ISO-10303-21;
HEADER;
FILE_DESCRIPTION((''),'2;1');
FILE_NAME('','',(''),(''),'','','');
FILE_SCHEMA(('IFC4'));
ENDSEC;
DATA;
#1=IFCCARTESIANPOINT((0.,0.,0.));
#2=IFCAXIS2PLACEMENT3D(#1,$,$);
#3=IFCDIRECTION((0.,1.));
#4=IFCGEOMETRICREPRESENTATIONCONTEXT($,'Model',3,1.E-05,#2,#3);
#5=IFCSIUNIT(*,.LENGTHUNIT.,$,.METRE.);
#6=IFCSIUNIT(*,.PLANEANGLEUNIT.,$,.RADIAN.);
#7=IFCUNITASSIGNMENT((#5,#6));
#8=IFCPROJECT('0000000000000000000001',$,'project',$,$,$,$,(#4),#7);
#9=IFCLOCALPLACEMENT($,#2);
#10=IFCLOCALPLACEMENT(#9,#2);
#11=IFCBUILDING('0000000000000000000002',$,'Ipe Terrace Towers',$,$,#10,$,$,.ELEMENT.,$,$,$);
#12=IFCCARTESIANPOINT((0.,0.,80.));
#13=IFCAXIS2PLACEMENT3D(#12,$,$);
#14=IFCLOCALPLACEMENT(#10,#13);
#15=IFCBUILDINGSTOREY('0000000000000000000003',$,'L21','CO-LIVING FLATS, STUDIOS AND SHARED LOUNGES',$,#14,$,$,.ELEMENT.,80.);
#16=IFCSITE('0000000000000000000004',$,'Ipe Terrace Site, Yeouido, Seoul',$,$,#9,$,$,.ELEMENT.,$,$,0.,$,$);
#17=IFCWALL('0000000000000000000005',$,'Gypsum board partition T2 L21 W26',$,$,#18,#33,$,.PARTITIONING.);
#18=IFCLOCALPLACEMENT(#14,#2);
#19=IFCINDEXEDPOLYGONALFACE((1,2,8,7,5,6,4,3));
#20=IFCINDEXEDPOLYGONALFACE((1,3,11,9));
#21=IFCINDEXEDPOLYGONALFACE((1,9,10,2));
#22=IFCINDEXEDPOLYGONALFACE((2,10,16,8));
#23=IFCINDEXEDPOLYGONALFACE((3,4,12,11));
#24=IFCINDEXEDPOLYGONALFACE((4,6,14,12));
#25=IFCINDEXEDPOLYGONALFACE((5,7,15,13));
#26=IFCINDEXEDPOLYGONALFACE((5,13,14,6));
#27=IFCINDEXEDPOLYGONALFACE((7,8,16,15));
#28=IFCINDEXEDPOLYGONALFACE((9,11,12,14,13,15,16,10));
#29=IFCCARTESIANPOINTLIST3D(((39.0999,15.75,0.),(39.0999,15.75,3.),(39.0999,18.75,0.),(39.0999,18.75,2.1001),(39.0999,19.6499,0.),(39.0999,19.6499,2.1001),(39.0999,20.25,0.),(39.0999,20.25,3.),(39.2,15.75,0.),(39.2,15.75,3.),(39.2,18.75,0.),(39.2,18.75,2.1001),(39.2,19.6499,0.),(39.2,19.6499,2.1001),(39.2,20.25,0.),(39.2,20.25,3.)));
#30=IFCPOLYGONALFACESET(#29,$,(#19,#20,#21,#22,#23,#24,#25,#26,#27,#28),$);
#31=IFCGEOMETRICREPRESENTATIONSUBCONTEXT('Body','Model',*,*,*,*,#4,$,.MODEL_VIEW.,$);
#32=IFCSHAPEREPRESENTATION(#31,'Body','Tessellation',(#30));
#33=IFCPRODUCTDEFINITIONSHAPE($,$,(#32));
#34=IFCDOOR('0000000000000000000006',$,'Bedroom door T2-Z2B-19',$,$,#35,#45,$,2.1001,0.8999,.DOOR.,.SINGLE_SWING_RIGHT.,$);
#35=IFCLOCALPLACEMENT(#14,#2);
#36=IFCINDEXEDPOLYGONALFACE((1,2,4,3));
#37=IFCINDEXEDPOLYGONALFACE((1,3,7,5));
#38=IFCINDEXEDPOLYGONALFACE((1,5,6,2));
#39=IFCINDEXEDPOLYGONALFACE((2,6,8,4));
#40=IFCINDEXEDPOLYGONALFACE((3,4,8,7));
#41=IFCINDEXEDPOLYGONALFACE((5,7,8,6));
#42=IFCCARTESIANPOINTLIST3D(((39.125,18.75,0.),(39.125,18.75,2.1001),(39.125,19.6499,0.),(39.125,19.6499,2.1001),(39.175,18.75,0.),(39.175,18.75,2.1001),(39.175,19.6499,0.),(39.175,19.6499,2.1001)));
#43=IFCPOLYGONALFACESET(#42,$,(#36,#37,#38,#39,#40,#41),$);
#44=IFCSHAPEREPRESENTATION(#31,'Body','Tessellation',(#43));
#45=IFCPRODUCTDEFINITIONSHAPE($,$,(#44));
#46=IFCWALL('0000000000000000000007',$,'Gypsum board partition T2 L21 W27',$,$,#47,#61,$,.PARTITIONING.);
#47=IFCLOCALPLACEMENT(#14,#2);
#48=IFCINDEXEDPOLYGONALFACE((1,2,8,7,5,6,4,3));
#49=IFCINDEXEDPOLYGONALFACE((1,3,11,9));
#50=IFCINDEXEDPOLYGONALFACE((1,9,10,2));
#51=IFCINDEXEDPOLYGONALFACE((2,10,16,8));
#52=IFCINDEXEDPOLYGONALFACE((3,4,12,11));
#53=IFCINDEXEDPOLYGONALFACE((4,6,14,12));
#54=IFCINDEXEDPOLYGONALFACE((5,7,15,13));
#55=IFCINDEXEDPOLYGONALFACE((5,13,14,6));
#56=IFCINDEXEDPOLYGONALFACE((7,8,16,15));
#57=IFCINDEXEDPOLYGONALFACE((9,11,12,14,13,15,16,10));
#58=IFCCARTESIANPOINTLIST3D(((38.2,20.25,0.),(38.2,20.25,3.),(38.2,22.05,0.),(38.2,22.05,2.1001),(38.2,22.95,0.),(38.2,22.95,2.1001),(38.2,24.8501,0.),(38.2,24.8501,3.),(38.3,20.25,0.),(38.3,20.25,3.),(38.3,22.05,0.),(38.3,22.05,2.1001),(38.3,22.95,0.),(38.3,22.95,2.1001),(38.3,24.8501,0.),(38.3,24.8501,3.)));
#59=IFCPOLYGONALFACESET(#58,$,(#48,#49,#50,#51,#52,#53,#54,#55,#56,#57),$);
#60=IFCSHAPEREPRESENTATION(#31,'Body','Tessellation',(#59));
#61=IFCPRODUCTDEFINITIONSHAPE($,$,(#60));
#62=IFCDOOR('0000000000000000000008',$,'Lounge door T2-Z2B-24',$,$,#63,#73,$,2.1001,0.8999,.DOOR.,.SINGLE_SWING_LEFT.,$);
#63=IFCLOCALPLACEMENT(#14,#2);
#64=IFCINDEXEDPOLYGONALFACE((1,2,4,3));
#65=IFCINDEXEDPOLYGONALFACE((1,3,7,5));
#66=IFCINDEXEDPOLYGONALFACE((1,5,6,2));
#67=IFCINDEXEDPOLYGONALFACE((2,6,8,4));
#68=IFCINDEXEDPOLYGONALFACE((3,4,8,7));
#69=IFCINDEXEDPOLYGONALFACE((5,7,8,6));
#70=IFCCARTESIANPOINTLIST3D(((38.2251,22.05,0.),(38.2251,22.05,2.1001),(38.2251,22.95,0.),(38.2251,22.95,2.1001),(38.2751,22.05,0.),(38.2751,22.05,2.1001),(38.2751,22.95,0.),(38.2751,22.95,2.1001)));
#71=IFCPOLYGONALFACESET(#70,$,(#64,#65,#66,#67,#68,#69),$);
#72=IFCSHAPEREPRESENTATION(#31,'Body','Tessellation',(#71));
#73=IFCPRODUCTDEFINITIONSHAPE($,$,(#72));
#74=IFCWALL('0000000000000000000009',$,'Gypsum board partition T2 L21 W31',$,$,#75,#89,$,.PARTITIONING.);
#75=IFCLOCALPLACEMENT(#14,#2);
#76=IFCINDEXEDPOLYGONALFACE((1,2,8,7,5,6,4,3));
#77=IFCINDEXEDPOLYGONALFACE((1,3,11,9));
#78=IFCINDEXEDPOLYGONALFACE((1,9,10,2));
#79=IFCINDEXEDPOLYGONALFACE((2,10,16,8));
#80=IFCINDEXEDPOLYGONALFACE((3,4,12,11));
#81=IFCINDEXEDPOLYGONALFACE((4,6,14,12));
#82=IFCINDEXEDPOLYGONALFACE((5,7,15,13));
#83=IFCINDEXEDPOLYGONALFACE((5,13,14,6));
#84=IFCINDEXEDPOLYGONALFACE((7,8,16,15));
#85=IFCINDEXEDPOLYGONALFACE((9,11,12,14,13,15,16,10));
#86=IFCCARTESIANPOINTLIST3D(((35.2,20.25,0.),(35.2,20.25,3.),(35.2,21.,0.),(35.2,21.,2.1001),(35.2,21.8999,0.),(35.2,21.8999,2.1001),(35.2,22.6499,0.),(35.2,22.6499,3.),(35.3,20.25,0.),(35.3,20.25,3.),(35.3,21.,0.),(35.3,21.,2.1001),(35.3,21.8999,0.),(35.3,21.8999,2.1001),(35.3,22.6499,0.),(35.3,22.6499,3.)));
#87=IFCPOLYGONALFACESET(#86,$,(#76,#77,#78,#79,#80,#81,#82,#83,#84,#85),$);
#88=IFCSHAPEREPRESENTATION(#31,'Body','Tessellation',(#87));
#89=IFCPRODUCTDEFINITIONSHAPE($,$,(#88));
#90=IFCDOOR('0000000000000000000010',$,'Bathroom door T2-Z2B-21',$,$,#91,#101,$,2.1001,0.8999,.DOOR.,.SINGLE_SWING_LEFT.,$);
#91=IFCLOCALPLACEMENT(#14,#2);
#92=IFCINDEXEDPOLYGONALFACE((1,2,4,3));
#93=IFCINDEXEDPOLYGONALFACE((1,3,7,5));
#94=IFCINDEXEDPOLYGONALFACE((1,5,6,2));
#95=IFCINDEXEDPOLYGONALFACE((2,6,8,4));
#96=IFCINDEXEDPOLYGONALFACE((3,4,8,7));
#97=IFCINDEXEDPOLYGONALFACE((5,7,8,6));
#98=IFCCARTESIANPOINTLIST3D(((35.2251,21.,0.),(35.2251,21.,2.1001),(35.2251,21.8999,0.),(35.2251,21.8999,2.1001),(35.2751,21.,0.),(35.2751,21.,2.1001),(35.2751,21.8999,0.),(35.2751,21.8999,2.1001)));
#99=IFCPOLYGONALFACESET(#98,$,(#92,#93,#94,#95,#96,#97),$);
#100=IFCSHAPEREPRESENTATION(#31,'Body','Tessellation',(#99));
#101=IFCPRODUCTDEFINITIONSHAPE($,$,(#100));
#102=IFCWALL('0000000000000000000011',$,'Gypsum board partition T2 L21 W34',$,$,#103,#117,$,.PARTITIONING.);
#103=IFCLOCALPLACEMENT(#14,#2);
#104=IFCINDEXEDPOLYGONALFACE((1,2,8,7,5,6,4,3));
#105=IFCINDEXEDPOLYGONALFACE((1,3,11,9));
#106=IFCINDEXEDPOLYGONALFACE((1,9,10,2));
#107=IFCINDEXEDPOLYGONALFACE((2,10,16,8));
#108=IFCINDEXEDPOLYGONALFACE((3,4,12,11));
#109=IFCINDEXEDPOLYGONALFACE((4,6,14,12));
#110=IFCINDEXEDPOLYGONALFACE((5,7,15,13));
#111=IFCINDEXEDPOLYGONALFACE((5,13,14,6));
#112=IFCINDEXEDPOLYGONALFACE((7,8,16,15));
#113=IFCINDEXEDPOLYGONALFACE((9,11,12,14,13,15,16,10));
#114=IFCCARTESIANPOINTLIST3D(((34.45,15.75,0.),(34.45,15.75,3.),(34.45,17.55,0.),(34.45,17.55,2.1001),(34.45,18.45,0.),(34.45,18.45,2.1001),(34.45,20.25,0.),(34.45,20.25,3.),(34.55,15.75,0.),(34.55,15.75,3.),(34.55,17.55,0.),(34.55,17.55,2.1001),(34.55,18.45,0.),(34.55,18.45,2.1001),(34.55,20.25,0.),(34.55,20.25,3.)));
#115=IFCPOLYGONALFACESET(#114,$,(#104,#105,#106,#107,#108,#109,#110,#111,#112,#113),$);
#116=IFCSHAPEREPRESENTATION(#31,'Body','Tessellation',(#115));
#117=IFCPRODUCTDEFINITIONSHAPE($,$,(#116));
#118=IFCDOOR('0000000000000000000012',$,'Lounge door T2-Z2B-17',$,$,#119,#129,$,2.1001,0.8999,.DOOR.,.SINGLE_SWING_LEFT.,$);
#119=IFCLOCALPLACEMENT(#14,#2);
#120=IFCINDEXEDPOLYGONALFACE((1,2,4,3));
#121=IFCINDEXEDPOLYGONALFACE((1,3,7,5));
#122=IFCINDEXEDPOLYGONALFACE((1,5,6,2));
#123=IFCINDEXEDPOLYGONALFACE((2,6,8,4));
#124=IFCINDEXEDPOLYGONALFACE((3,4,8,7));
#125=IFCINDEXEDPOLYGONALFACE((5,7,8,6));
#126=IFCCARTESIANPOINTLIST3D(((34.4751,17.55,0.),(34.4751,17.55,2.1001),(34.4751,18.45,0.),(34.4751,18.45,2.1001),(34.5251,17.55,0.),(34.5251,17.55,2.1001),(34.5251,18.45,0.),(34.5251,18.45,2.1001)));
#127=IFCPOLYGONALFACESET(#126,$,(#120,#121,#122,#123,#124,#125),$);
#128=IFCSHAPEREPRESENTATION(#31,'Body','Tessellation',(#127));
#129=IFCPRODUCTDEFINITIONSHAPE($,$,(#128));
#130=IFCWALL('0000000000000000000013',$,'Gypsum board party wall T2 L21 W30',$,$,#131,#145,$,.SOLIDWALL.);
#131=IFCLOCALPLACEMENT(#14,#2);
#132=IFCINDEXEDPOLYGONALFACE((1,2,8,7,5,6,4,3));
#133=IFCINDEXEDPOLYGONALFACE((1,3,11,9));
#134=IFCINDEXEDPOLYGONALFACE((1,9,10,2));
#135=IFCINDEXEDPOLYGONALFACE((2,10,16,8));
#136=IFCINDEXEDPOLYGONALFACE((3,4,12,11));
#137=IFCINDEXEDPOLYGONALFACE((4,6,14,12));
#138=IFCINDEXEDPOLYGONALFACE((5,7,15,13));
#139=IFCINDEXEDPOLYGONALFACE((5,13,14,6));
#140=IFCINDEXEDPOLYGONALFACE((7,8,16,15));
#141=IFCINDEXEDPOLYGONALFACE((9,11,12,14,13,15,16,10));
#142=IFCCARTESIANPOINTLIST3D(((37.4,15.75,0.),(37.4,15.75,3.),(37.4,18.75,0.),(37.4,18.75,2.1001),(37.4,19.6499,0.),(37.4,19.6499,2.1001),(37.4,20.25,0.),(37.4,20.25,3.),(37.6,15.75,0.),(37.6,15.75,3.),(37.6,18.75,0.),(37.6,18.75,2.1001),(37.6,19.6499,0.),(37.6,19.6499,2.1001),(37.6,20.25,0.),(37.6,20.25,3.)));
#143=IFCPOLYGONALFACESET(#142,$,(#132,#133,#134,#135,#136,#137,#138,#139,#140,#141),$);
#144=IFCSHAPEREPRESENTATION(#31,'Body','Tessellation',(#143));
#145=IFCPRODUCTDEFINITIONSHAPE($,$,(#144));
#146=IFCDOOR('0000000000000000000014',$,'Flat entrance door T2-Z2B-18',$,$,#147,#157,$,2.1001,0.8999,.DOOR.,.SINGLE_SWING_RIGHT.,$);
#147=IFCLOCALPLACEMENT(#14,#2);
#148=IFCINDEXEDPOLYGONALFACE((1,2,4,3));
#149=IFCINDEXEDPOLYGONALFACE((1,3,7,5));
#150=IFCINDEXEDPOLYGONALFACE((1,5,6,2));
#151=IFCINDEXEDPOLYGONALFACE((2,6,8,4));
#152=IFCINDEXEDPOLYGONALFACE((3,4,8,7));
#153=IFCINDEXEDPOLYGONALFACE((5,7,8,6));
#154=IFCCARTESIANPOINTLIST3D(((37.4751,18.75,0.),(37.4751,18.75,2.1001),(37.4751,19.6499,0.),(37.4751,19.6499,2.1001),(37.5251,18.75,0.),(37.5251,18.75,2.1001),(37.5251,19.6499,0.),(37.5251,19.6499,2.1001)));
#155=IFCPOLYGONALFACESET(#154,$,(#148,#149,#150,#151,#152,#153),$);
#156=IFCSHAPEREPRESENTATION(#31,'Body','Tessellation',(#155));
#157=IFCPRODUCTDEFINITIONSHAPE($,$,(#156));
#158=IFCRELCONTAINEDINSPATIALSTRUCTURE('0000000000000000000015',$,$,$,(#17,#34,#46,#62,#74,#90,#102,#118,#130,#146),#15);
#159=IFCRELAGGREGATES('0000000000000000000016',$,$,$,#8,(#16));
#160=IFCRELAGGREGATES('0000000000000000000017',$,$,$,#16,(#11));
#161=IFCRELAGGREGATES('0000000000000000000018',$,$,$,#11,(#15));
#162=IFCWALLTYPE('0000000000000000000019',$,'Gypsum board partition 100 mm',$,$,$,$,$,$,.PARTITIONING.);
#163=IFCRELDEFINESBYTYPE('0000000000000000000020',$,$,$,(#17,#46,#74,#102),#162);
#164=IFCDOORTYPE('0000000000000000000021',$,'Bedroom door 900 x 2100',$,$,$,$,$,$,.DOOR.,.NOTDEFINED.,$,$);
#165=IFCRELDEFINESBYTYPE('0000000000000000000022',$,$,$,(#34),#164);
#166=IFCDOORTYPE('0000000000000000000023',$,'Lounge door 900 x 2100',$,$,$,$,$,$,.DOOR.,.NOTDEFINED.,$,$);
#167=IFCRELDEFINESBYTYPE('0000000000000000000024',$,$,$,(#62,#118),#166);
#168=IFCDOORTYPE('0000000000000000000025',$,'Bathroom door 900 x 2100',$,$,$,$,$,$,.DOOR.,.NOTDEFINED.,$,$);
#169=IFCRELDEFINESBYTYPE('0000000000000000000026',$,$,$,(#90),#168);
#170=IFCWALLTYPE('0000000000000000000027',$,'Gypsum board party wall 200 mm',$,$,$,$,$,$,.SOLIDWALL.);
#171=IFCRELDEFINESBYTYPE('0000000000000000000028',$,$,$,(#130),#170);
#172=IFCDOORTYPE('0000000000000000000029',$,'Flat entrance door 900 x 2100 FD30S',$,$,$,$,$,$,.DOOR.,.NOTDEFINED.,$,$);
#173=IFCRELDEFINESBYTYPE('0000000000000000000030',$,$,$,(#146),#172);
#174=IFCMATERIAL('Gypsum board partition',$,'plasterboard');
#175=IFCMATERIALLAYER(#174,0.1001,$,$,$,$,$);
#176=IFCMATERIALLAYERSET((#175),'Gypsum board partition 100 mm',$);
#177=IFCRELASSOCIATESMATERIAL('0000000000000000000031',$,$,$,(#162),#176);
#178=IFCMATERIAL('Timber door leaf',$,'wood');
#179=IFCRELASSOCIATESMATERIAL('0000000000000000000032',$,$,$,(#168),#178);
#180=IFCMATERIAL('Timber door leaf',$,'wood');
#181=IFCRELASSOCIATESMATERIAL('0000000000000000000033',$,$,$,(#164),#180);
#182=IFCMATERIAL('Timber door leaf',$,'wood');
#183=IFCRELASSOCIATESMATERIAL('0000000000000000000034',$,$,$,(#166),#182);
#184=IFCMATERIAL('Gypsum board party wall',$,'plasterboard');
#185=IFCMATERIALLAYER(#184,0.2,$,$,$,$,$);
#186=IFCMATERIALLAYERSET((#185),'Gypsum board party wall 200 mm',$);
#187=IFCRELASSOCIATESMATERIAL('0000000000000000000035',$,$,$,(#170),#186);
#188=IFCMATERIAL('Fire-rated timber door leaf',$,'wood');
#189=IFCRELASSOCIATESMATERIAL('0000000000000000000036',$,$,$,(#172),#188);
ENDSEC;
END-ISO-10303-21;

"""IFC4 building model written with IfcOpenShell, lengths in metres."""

from ifc_helpers import new_model, si_unit, direction, frame, frame_2d, origin, place, context, subcontext, project, spatial, rectangle, extrude, material, layer, layer_set, type_object, element, fill, save


model = new_model("IFC4")

# Units and contexts
model_context = context("Model", 3, precision=1e-05, world=origin(), true_north=direction((0.0, 1.0)))
body_context = subcontext(model_context, "Body", "Model", "MODEL_VIEW")
ifc_project = project(units=[si_unit("LENGTHUNIT", "METRE"), si_unit("PLANEANGLEUNIT", "RADIAN")], contexts=[model_context])

# Site, building, storey
site_placement = place(None, origin())
site = spatial("IfcSite", under=ifc_project, at=site_placement, Name="Ipe Terrace Site, Yeouido, Seoul", CompositionType="ELEMENT", RefElevation=0.0)
building_placement = place(site_placement, origin())
building = spatial("IfcBuilding", under=site, at=building_placement, Name="Ipe Terrace Towers", CompositionType="ELEMENT")
storey_placement = place(building_placement, frame((0.0, 0.0, 80.0)))
storey = spatial("IfcBuildingStorey", under=building, at=storey_placement, Name="L21", Description="CO-LIVING FLATS, STUDIOS AND SHARED LOUNGES", CompositionType="ELEMENT", Elevation=80.0)

# Walls, openings, doors
ifc_material_1 = material(Name="Gypsum board partition", Category="plasterboard")
ifc_layer_1 = layer(ifc_material_1, 0.1001)
ifc_layer_set_1 = layer_set([ifc_layer_1], Name="Gypsum board partition 100 mm")
wall_type_1 = type_object("IfcWallType", Name="Gypsum board partition 100 mm", PredefinedType="PARTITIONING", material=ifc_layer_set_1)
ifc_material_2 = material(Name="Timber door leaf", Category="wood")
door_type_1 = type_object("IfcDoorType", Name="Bathroom door 900 x 2100", OperationType="NOTDEFINED", PredefinedType="DOOR", material=ifc_material_2)
wall_1_placement = place(storey_placement, frame((39.1499, 15.75, 0.0), z_axis=(0.0, 0.0, 1.0), x_axis=(0.0, 1.0, 0.0)))
wall_1 = element("IfcWall", 1, at=wall_1_placement, inside=storey, type_object=wall_type_1, Name="Gypsum board partition T2 L21 W26", PredefinedType="PARTITIONING", context=body_context, shape_type="SweptSolid", body=[
    extrude(rectangle(XDim=4.5, YDim=0.1001, at=frame_2d((2.25, 0.0))), origin(), (0.0, 0.0, 1.0), 3.0),
])
opening_1_placement = place(wall_1_placement, frame((3.0, 0.0, 0.0)))
opening_1 = element("IfcOpeningElement", 2, at=opening_1_placement, cuts=wall_1, PredefinedType="OPENING", context=body_context, shape_type="SweptSolid", body=[
    extrude(rectangle(XDim=0.8999, YDim=2.1001, at=frame_2d((0.45, 1.05))), frame((0.0, 0.0601, 0.0), z_axis=(0.0, -1.0, 0.0), x_axis=(1.0, 0.0, 0.0)), (0.0, 0.0, 1.0), 0.1201),
])
ifc_material_3 = material(Name="Timber door leaf", Category="wood")
door_type_2 = type_object("IfcDoorType", Name="Bedroom door 900 x 2100", OperationType="NOTDEFINED", PredefinedType="DOOR", material=ifc_material_3)
door_1_placement = place(opening_1_placement, origin())
door_1 = element("IfcDoor", 3, at=door_1_placement, inside=storey, type_object=door_type_2, Name="Bedroom door T2-Z2B-19", OperationType="SINGLE_SWING_RIGHT", OverallHeight=2.1001, OverallWidth=0.8999, PredefinedType="DOOR", context=body_context, shape_type="SweptSolid", body=[
    extrude(rectangle(XDim=0.8999, YDim=2.1001, at=frame_2d((0.45, 1.05))), frame((0.0, 0.0249, 0.0), z_axis=(0.0, -1.0, 0.0), x_axis=(1.0, 0.0, 0.0)), (0.0, 0.0, 1.0), 0.05),
])
fill(opening_1, door_1)
wall_2_placement = place(storey_placement, frame((38.25, 20.25, 0.0), z_axis=(0.0, 0.0, 1.0), x_axis=(0.0, 1.0, 0.0)))
wall_2 = element("IfcWall", 4, at=wall_2_placement, inside=storey, type_object=wall_type_1, Name="Gypsum board partition T2 L21 W27", PredefinedType="PARTITIONING", context=body_context, shape_type="SweptSolid", body=[
    extrude(rectangle(XDim=4.6001, YDim=0.1001, at=frame_2d((2.3, 0.0))), origin(), (0.0, 0.0, 1.0), 3.0),
])
opening_2_placement = place(wall_2_placement, frame((1.8, 0.0, 0.0)))
opening_2 = element("IfcOpeningElement", 5, at=opening_2_placement, cuts=wall_2, PredefinedType="OPENING", context=body_context, shape_type="SweptSolid", body=[
    extrude(rectangle(XDim=0.8999, YDim=2.1001, at=frame_2d((0.45, 1.05))), frame((0.0, 0.0601, 0.0), z_axis=(0.0, -1.0, 0.0), x_axis=(1.0, 0.0, 0.0)), (0.0, 0.0, 1.0), 0.1201),
])
ifc_material_4 = material(Name="Timber door leaf", Category="wood")
door_type_3 = type_object("IfcDoorType", Name="Lounge door 900 x 2100", OperationType="NOTDEFINED", PredefinedType="DOOR", material=ifc_material_4)
door_2_placement = place(opening_2_placement, origin())
door_2 = element("IfcDoor", 6, at=door_2_placement, inside=storey, type_object=door_type_3, Name="Lounge door T2-Z2B-24", OperationType="SINGLE_SWING_LEFT", OverallHeight=2.1001, OverallWidth=0.8999, PredefinedType="DOOR", context=body_context, shape_type="SweptSolid", body=[
    extrude(rectangle(XDim=0.8999, YDim=2.1001, at=frame_2d((0.45, 1.05))), frame((0.0, 0.0249, 0.0), z_axis=(0.0, -1.0, 0.0), x_axis=(1.0, 0.0, 0.0)), (0.0, 0.0, 1.0), 0.05),
])
fill(opening_2, door_2)
wall_3_placement = place(storey_placement, frame((35.25, 20.25, 0.0), z_axis=(0.0, 0.0, 1.0), x_axis=(0.0, 1.0, 0.0)))
wall_3 = element("IfcWall", 7, at=wall_3_placement, inside=storey, type_object=wall_type_1, Name="Gypsum board partition T2 L21 W31", PredefinedType="PARTITIONING", context=body_context, shape_type="SweptSolid", body=[
    extrude(rectangle(XDim=2.3999, YDim=0.1001, at=frame_2d((1.2, 0.0))), origin(), (0.0, 0.0, 1.0), 3.0),
])
opening_3_placement = place(wall_3_placement, frame((0.75, 0.0, 0.0)))
opening_3 = element("IfcOpeningElement", 8, at=opening_3_placement, cuts=wall_3, PredefinedType="OPENING", context=body_context, shape_type="SweptSolid", body=[
    extrude(rectangle(XDim=0.8999, YDim=2.1001, at=frame_2d((0.45, 1.05))), frame((0.0, 0.0601, 0.0), z_axis=(0.0, -1.0, 0.0), x_axis=(1.0, 0.0, 0.0)), (0.0, 0.0, 1.0), 0.1201),
])
door_3_placement = place(opening_3_placement, origin())
door_3 = element("IfcDoor", 9, at=door_3_placement, inside=storey, type_object=door_type_1, Name="Bathroom door T2-Z2B-21", OperationType="SINGLE_SWING_LEFT", OverallHeight=2.1001, OverallWidth=0.8999, PredefinedType="DOOR", context=body_context, shape_type="SweptSolid", body=[
    extrude(rectangle(XDim=0.8999, YDim=2.1001, at=frame_2d((0.45, 1.05))), frame((0.0, 0.0249, 0.0), z_axis=(0.0, -1.0, 0.0), x_axis=(1.0, 0.0, 0.0)), (0.0, 0.0, 1.0), 0.05),
])
fill(opening_3, door_3)
wall_4_placement = place(storey_placement, frame((34.5, 15.75, 0.0), z_axis=(0.0, 0.0, 1.0), x_axis=(0.0, 1.0, 0.0)))
wall_4 = element("IfcWall", 10, at=wall_4_placement, inside=storey, type_object=wall_type_1, Name="Gypsum board partition T2 L21 W34", PredefinedType="PARTITIONING", context=body_context, shape_type="SweptSolid", body=[
    extrude(rectangle(XDim=4.5, YDim=0.1001, at=frame_2d((2.25, 0.0))), origin(), (0.0, 0.0, 1.0), 3.0),
])
opening_4_placement = place(wall_4_placement, frame((1.8, 0.0, 0.0)))
opening_4 = element("IfcOpeningElement", 11, at=opening_4_placement, cuts=wall_4, PredefinedType="OPENING", context=body_context, shape_type="SweptSolid", body=[
    extrude(rectangle(XDim=0.8999, YDim=2.1001, at=frame_2d((0.45, 1.05))), frame((0.0, 0.0601, 0.0), z_axis=(0.0, -1.0, 0.0), x_axis=(1.0, 0.0, 0.0)), (0.0, 0.0, 1.0), 0.1201),
])
door_4_placement = place(opening_4_placement, origin())
door_4 = element("IfcDoor", 12, at=door_4_placement, inside=storey, type_object=door_type_3, Name="Lounge door T2-Z2B-17", OperationType="SINGLE_SWING_LEFT", OverallHeight=2.1001, OverallWidth=0.8999, PredefinedType="DOOR", context=body_context, shape_type="SweptSolid", body=[
    extrude(rectangle(XDim=0.8999, YDim=2.1001, at=frame_2d((0.45, 1.05))), frame((0.0, 0.0249, 0.0), z_axis=(0.0, -1.0, 0.0), x_axis=(1.0, 0.0, 0.0)), (0.0, 0.0, 1.0), 0.05),
])
fill(opening_4, door_4)
ifc_material_5 = material(Name="Gypsum board party wall", Category="plasterboard")
ifc_layer_2 = layer(ifc_material_5, 0.2)
ifc_layer_set_2 = layer_set([ifc_layer_2], Name="Gypsum board party wall 200 mm")
wall_type_2 = type_object("IfcWallType", Name="Gypsum board party wall 200 mm", PredefinedType="SOLIDWALL", material=ifc_layer_set_2)
wall_5_placement = place(storey_placement, frame((37.5, 15.75, 0.0), z_axis=(0.0, 0.0, 1.0), x_axis=(0.0, 1.0, 0.0)))
wall_5 = element("IfcWall", 13, at=wall_5_placement, inside=storey, type_object=wall_type_2, Name="Gypsum board party wall T2 L21 W30", PredefinedType="SOLIDWALL", context=body_context, shape_type="SweptSolid", body=[
    extrude(rectangle(XDim=4.5, YDim=0.2, at=frame_2d((2.25, 0.0))), origin(), (0.0, 0.0, 1.0), 3.0),
])
opening_5_placement = place(wall_5_placement, frame((3.0, 0.0, 0.0)))
opening_5 = element("IfcOpeningElement", 14, at=opening_5_placement, cuts=wall_5, PredefinedType="OPENING", context=body_context, shape_type="SweptSolid", body=[
    extrude(rectangle(XDim=0.8999, YDim=2.1001, at=frame_2d((0.45, 1.05))), frame((0.0, 0.1099, 0.0), z_axis=(0.0, -1.0, 0.0), x_axis=(1.0, 0.0, 0.0)), (0.0, 0.0, 1.0), 0.22),
])
ifc_material_6 = material(Name="Fire-rated timber door leaf", Category="wood")
door_type_4 = type_object("IfcDoorType", Name="Flat entrance door 900 x 2100 FD30S", OperationType="NOTDEFINED", PredefinedType="DOOR", material=ifc_material_6)
door_5_placement = place(opening_5_placement, origin())
door_5 = element("IfcDoor", 15, at=door_5_placement, inside=storey, type_object=door_type_4, Name="Flat entrance door T2-Z2B-18", OperationType="SINGLE_SWING_RIGHT", OverallHeight=2.1001, OverallWidth=0.8999, PredefinedType="DOOR", context=body_context, shape_type="SweptSolid", body=[
    extrude(rectangle(XDim=0.8999, YDim=2.1001, at=frame_2d((0.45, 1.05))), frame((0.0, 0.0249, 0.0), z_axis=(0.0, -1.0, 0.0), x_axis=(1.0, 0.0, 0.0)), (0.0, 0.0, 1.0), 0.05),
])
fill(opening_5, door_5)

save(model, "model.ifc")
